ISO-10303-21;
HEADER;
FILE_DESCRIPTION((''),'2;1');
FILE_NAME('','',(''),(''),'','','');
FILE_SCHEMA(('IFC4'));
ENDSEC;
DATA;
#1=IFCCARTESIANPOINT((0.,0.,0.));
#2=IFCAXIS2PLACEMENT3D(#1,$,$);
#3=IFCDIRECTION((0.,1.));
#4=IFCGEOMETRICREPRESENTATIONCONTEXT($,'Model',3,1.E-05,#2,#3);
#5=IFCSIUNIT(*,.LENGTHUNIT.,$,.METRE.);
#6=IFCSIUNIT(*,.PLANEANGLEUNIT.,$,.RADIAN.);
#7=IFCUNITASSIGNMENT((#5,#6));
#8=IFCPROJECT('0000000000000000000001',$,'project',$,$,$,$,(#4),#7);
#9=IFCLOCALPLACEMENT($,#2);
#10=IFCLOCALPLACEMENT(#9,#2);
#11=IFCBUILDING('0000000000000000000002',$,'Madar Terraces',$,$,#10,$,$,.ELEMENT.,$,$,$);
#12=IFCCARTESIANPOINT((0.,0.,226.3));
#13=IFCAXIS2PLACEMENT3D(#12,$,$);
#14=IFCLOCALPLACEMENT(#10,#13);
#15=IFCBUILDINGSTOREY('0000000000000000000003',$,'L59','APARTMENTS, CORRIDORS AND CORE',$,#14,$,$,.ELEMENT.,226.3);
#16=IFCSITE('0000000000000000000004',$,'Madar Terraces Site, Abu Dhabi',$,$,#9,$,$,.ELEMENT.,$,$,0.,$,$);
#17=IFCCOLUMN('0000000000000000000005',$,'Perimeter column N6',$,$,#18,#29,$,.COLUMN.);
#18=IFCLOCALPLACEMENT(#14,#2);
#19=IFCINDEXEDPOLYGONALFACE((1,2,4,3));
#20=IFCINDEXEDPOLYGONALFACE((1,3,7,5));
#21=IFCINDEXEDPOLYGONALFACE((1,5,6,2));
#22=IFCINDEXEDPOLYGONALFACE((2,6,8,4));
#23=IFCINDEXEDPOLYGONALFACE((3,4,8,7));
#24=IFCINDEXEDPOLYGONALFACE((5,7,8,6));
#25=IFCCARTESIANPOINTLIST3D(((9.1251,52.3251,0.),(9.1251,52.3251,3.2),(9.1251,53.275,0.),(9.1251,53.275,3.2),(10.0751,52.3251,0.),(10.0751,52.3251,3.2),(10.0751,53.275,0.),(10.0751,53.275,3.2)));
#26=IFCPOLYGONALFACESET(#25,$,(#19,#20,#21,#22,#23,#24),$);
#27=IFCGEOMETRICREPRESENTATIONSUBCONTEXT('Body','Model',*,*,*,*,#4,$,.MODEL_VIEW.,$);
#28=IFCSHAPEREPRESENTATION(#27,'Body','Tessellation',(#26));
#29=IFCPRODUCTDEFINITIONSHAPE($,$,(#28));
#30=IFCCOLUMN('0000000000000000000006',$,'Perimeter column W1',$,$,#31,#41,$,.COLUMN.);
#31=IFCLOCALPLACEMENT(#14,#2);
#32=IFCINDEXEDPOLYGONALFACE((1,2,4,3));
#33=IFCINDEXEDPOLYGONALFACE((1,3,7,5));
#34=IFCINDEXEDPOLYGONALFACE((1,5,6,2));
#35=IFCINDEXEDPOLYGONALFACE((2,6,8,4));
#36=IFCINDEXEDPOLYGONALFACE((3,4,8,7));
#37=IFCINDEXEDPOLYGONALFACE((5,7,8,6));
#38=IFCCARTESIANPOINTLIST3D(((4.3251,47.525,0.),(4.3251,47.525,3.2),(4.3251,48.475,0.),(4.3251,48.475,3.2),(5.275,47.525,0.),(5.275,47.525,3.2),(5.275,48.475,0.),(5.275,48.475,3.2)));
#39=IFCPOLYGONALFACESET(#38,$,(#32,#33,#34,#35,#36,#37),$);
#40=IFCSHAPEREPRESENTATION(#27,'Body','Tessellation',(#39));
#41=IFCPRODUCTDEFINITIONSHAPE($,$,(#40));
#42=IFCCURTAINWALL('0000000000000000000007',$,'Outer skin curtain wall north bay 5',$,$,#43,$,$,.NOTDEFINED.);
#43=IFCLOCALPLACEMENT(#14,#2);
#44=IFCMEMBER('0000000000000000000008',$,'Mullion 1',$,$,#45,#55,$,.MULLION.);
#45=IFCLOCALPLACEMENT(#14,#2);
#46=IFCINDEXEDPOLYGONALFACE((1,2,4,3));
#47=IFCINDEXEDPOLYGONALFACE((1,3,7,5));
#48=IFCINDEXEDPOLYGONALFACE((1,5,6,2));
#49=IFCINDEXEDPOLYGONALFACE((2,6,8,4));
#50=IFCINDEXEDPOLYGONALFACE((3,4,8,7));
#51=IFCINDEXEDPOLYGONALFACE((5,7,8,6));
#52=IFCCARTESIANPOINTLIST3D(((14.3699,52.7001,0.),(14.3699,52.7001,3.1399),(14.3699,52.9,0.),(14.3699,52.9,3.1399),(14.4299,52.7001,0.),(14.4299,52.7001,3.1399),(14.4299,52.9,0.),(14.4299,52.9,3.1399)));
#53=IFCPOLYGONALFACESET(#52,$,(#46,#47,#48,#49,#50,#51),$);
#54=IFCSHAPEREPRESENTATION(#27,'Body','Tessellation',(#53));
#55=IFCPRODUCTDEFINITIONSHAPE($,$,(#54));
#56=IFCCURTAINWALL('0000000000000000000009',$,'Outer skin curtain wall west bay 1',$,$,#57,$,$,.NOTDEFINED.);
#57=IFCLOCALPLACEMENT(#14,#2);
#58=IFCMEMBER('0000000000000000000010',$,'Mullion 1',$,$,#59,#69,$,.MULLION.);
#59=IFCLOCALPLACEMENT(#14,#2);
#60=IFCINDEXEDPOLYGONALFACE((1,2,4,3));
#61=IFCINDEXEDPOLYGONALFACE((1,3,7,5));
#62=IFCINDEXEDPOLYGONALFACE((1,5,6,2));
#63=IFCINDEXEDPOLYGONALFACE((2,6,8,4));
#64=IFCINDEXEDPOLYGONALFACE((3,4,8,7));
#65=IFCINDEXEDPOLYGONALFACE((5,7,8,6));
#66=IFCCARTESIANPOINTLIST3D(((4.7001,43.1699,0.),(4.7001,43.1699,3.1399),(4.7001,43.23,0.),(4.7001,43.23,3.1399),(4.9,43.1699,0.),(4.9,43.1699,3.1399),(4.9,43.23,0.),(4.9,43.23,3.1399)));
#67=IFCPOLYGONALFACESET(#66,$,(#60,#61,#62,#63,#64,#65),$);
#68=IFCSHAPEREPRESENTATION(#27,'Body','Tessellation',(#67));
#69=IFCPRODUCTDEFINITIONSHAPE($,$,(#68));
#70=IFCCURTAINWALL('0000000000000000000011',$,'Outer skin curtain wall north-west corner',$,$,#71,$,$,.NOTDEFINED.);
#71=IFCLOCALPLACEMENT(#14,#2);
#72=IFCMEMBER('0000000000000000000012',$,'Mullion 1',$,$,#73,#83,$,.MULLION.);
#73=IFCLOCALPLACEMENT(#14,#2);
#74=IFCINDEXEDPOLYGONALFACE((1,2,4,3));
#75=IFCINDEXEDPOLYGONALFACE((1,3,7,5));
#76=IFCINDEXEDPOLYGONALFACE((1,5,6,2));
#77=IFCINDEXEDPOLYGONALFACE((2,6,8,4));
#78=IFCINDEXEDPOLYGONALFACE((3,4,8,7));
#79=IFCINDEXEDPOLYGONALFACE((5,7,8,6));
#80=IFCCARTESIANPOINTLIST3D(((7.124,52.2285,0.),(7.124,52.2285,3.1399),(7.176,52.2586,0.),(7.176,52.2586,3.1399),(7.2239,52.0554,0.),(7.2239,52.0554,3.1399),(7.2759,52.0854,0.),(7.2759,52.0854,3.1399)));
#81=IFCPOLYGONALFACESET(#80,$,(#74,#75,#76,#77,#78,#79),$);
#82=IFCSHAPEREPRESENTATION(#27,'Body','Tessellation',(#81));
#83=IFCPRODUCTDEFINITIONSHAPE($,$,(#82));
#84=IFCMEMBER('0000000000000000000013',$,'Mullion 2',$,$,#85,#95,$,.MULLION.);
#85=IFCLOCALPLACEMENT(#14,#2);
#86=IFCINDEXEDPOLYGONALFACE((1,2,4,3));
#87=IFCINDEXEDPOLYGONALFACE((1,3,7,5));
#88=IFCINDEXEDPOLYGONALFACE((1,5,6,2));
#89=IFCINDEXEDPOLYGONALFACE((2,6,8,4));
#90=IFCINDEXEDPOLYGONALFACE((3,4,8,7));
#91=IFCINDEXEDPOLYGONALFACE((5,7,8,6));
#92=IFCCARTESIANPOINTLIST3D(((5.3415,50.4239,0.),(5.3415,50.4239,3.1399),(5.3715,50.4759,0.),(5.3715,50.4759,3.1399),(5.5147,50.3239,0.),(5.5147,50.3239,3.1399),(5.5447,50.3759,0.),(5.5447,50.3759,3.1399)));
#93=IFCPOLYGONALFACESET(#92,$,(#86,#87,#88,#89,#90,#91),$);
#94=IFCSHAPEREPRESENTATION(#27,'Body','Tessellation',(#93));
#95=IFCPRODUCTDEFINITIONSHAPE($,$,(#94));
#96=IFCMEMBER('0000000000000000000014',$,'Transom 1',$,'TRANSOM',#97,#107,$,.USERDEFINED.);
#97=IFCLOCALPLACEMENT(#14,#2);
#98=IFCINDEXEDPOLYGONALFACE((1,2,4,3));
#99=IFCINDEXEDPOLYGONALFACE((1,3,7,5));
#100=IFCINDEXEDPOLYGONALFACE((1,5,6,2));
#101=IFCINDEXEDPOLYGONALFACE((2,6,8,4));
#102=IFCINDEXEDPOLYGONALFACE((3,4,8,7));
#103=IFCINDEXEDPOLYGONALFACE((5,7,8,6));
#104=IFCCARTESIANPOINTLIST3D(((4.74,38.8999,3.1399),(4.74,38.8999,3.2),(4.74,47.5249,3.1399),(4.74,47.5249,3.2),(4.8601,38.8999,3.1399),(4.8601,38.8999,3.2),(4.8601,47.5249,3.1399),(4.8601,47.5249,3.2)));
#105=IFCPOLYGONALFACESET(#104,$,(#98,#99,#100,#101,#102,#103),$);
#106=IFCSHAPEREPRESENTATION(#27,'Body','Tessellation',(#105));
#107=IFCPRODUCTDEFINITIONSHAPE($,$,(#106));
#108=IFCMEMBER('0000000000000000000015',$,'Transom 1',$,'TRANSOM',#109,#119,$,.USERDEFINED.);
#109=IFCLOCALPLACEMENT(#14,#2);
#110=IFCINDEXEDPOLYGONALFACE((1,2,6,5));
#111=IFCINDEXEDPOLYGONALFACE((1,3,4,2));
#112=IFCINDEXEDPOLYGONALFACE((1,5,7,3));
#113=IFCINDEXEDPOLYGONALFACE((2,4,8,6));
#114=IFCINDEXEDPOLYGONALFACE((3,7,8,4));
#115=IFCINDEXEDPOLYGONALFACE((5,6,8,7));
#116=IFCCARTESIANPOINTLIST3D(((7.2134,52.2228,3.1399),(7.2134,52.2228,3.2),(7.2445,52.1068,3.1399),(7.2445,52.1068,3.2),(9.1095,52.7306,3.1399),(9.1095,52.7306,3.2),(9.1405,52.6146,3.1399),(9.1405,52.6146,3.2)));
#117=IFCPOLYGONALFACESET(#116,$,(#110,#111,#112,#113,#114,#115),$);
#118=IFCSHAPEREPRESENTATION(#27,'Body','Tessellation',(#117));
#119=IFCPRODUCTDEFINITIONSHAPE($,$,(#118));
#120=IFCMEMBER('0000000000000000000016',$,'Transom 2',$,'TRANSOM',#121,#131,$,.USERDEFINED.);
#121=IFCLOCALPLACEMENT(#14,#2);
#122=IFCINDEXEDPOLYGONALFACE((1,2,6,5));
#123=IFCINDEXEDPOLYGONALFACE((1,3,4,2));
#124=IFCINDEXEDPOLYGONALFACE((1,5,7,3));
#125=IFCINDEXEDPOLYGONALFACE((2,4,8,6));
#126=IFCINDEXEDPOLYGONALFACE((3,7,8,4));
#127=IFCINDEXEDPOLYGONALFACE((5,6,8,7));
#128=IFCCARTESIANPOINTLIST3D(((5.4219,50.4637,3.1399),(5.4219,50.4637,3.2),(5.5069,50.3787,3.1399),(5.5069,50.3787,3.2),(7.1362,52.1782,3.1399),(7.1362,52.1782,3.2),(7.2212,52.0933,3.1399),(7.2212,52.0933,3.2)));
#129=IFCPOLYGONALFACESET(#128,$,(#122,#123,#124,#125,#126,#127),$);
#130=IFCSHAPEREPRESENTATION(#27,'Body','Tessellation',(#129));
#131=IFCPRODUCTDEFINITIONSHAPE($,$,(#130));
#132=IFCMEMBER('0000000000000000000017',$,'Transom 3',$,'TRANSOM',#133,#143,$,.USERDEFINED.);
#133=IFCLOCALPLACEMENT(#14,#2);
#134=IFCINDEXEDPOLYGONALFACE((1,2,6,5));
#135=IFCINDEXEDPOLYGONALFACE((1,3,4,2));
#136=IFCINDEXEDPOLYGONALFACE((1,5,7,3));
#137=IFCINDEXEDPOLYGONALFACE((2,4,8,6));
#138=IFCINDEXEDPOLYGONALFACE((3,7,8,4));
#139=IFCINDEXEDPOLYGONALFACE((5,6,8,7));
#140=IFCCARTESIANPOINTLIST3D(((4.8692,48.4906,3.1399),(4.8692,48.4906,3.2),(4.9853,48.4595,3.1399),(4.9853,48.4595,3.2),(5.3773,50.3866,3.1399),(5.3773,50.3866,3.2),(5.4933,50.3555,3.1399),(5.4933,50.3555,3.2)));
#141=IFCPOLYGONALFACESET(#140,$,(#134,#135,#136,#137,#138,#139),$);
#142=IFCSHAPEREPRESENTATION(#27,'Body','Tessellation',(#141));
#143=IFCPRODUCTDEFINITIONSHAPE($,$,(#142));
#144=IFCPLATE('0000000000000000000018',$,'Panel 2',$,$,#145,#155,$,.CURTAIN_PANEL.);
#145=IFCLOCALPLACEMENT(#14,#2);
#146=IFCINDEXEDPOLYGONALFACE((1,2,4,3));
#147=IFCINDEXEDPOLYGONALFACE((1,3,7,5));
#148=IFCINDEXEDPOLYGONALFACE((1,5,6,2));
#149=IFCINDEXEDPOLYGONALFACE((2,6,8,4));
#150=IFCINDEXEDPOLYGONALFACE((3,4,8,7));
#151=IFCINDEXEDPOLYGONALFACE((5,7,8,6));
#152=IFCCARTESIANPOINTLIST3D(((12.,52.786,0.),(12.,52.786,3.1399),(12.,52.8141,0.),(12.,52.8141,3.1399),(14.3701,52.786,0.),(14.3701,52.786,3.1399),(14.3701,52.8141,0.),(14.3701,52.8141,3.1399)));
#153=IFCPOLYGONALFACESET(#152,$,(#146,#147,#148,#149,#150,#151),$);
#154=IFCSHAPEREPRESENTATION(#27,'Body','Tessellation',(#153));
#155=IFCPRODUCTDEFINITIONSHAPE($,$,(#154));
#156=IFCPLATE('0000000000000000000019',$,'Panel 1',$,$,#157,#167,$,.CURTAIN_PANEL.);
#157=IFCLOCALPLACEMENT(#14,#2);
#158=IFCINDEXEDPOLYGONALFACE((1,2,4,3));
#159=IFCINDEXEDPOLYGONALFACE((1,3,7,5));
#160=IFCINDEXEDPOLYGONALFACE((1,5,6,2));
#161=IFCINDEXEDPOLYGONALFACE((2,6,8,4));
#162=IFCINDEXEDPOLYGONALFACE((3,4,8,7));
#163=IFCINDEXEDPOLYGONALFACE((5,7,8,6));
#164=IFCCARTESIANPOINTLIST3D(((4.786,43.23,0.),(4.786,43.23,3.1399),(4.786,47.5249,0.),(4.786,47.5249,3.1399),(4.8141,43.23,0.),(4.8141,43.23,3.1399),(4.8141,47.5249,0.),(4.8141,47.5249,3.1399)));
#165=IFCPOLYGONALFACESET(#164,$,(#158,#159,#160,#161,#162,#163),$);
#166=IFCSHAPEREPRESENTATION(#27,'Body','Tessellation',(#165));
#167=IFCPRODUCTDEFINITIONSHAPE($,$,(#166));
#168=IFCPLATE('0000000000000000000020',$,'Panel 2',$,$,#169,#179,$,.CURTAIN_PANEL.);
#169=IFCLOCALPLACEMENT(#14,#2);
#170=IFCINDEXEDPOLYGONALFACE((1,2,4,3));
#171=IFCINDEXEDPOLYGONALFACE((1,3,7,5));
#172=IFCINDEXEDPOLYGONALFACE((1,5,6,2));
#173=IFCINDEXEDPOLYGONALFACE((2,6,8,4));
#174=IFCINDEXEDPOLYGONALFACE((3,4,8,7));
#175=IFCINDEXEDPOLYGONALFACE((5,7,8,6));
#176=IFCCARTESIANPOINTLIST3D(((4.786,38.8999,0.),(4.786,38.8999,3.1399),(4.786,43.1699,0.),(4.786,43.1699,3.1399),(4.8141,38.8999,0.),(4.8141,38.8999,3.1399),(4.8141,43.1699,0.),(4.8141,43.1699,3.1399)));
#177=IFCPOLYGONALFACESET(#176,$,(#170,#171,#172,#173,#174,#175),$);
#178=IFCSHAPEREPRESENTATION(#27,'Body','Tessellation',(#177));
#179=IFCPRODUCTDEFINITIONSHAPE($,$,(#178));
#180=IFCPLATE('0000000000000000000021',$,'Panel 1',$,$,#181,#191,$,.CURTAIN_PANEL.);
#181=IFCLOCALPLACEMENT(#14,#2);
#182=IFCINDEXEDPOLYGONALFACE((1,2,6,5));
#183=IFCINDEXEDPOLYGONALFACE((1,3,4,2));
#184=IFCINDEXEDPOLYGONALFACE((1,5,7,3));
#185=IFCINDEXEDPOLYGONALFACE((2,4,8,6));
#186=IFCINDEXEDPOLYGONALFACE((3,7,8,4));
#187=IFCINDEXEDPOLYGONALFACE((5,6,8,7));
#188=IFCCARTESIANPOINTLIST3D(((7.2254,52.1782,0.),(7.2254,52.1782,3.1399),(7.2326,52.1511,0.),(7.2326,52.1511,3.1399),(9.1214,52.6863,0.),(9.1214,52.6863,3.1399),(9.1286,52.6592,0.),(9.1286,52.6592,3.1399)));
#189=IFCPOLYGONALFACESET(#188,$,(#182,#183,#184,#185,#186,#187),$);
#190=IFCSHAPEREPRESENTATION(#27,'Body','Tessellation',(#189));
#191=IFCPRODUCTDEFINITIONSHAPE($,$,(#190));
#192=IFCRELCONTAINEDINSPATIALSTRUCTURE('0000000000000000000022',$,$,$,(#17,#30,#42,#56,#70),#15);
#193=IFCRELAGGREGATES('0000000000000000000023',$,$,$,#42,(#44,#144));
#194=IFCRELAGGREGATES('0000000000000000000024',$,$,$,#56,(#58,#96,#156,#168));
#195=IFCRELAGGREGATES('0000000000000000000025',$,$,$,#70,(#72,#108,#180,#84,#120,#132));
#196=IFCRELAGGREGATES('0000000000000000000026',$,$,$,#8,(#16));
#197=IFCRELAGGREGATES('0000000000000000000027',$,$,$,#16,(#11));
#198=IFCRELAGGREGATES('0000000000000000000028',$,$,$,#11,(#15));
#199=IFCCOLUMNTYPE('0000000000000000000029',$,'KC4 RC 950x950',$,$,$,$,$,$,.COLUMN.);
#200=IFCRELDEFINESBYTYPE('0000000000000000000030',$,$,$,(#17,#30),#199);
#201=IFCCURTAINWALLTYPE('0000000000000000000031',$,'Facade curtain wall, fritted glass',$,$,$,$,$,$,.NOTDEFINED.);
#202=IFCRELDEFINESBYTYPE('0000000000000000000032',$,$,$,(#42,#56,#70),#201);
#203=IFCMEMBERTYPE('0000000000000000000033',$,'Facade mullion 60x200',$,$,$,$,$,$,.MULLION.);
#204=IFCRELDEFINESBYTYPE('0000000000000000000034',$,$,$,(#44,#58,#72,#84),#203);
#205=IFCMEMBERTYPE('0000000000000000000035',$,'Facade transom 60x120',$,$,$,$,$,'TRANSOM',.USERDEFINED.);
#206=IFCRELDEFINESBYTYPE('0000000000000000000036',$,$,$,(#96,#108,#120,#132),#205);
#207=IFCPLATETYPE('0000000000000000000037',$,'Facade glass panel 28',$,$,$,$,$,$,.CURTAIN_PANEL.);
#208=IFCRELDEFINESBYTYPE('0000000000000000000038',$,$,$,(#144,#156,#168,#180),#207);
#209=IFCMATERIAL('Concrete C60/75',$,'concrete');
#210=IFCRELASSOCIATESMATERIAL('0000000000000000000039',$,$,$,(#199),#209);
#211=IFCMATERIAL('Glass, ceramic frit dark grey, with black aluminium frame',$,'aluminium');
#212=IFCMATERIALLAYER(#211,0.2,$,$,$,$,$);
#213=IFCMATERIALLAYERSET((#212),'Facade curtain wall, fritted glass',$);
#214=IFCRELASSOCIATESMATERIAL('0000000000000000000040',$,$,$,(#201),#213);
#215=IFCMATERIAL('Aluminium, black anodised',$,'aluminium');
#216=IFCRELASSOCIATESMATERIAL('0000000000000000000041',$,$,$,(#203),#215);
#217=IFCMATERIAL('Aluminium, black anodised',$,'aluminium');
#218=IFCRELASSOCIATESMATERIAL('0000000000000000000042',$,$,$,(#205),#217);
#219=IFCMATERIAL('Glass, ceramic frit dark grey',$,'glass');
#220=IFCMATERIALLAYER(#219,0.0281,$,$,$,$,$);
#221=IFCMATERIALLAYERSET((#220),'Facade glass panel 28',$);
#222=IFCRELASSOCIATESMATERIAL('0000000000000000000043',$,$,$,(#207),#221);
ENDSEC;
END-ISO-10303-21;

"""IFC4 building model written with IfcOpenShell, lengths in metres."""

from ifc_helpers import new_model, si_unit, direction, frame, origin, origin_2d, place, context, subcontext, project, spatial, rectangle, extrude, material, layer, layer_set, material_profile, profile_set, type_object, element, aggregate, save


model = new_model("IFC4")

# Units and contexts
model_context = context("Model", 3, precision=1e-05, world=origin(), true_north=direction((0.0, 1.0)))
body_context = subcontext(model_context, "Body", "Model", "MODEL_VIEW")
ifc_project = project(units=[si_unit("LENGTHUNIT", "METRE"), si_unit("PLANEANGLEUNIT", "RADIAN")], contexts=[model_context])

# Site, building, storey
site_placement = place(None, origin())
site = spatial("IfcSite", under=ifc_project, at=site_placement, Name="Madar Terraces Site, Abu Dhabi", CompositionType="ELEMENT", RefElevation=0.0)
building_placement = place(site_placement, origin())
building = spatial("IfcBuilding", under=site, at=building_placement, Name="Madar Terraces", CompositionType="ELEMENT")
storey_placement = place(building_placement, frame((0.0, 0.0, 226.3)))
storey = spatial("IfcBuildingStorey", under=building, at=storey_placement, Name="L59", Description="APARTMENTS, CORRIDORS AND CORE", CompositionType="ELEMENT", Elevation=226.3)

# Columns
ifc_material_1 = material(Name="Concrete C60/75", Category="concrete")
ifc_material_profile_1 = material_profile(ifc_material_1, rectangle(XDim=0.95, YDim=0.95, at=origin_2d()), Name="KC4 RC 950x950")
ifc_profile_set_1 = profile_set([ifc_material_profile_1], Name="Concrete C60/75")
column_type = type_object("IfcColumnType", Name="KC4 RC 950x950", PredefinedType="COLUMN", material=ifc_profile_set_1)
for number, where, z_axis, x_axis, name in (
    (1, (9.6001, 52.8, 0.0), (0.0, 0.0, 1.0), (1.0, 0.0, 0.0), "Perimeter column N6"),
    (2, (4.8, 48.0, 0.0), (0.0, 0.0, 1.0), (1.0, 0.0, 0.0), "Perimeter column W1"),
):
    element("IfcColumn", number, at=place(storey_placement, frame(where, z_axis=z_axis, x_axis=x_axis)), inside=storey, type_object=column_type, Name=name, PredefinedType="COLUMN", context=body_context, shape_type="SweptSolid", body=[
        extrude(rectangle(XDim=0.95, YDim=0.95, at=origin_2d()), origin(), (0.0, 0.0, 1.0), 3.2),
    ])

# Curtain walls, members
ifc_material_2 = material(Name="Glass, ceramic frit dark grey, with black aluminium frame", Category="aluminium")
ifc_layer_1 = layer(ifc_material_2, 0.2)
ifc_layer_set_1 = layer_set([ifc_layer_1], Name="Facade curtain wall, fritted glass")
curtain_wall_type = type_object("IfcCurtainWallType", Name="Facade curtain wall, fritted glass", PredefinedType="NOTDEFINED", material=ifc_layer_set_1)
curtain_wall_1_placement = place(storey_placement, origin())
curtain_wall_1 = element("IfcCurtainWall", 3, at=curtain_wall_1_placement, inside=storey, type_object=curtain_wall_type, Name="Outer skin curtain wall north bay 5", PredefinedType="NOTDEFINED")
ifc_material_3 = material(Name="Aluminium, black anodised", Category="aluminium")
ifc_material_profile_2 = material_profile(ifc_material_3, rectangle(XDim=0.2, YDim=0.0601, at=origin_2d()), Name="Facade mullion 60x200")
ifc_profile_set_2 = profile_set([ifc_material_profile_2], Name="Aluminium, black anodised")
member_type_1 = type_object("IfcMemberType", Name="Facade mullion 60x200", PredefinedType="MULLION", material=ifc_profile_set_2)
member_1_placement = place(storey_placement, frame((14.3999, 52.8, 0.0), z_axis=(0.0, 0.0, 1.0), x_axis=(0.0, -1.0, 0.0)))
member_1 = element("IfcMember", 4, at=member_1_placement, type_object=member_type_1, Name="Mullion 1", PredefinedType="MULLION", context=body_context, shape_type="SweptSolid", body=[
    extrude(rectangle(XDim=0.2, YDim=0.0601, at=origin_2d()), origin(), (0.0, 0.0, 1.0), 3.1399),
])
curtain_wall_2_placement = place(storey_placement, origin())
curtain_wall_2 = element("IfcCurtainWall", 5, at=curtain_wall_2_placement, inside=storey, type_object=curtain_wall_type, Name="Outer skin curtain wall west bay 1", PredefinedType="NOTDEFINED")
member_2_placement = place(storey_placement, frame((4.8, 43.2, 0.0), z_axis=(0.0, 0.0, 1.0), x_axis=(1.0, 0.0, 0.0)))
member_2 = element("IfcMember", 6, at=member_2_placement, type_object=member_type_1, Name="Mullion 1", PredefinedType="MULLION", context=body_context, shape_type="SweptSolid", body=[
    extrude(rectangle(XDim=0.2, YDim=0.0601, at=origin_2d()), origin(), (0.0, 0.0, 1.0), 3.1399),
])

# Curtain wall, members
curtain_wall_3_placement = place(storey_placement, origin())
curtain_wall_3 = element("IfcCurtainWall", 7, at=curtain_wall_3_placement, inside=storey, type_object=curtain_wall_type, Name="Outer skin curtain wall north-west corner", PredefinedType="NOTDEFINED")
member_3_placement = place(storey_placement, frame((7.2, 52.157, 0.0), z_axis=(0.0, 0.0, 1.0), x_axis=(0.5, -0.866025, 0.0)))
member_3 = element("IfcMember", 8, at=member_3_placement, type_object=member_type_1, Name="Mullion 1", PredefinedType="MULLION", context=body_context, shape_type="SweptSolid", body=[
    extrude(rectangle(XDim=0.2, YDim=0.0601, at=origin_2d()), origin(), (0.0, 0.0, 1.0), 3.1399),
])
member_4_placement = place(storey_placement, frame((5.4431, 50.3999, 0.0), z_axis=(0.0, 0.0, 1.0), x_axis=(0.866025, -0.5, 0.0)))
member_4 = element("IfcMember", 9, at=member_4_placement, type_object=member_type_1, Name="Mullion 2", PredefinedType="MULLION", context=body_context, shape_type="SweptSolid", body=[
    extrude(rectangle(XDim=0.2, YDim=0.0601, at=origin_2d()), origin(), (0.0, 0.0, 1.0), 3.1399),
])

# Members
ifc_material_4 = material(Name="Aluminium, black anodised", Category="aluminium")
ifc_material_profile_3 = material_profile(ifc_material_4, rectangle(XDim=0.1201, YDim=0.0601, at=origin_2d()), Name="Facade transom 60x120")
ifc_profile_set_3 = profile_set([ifc_material_profile_3], Name="Aluminium, black anodised")
member_type_2 = type_object("IfcMemberType", Name="Facade transom 60x120", ElementType="TRANSOM", PredefinedType="USERDEFINED", material=ifc_profile_set_3)
member_5_placement = place(storey_placement, frame((4.8, 47.5249, 3.1699), z_axis=(0.0, -1.0, 0.0), x_axis=(1.0, 0.0, 0.0)))
member_5 = element("IfcMember", 10, at=member_5_placement, type_object=member_type_2, Name="Transom 1", ObjectType="TRANSOM", PredefinedType="USERDEFINED", context=body_context, shape_type="SweptSolid", body=[
    extrude(rectangle(XDim=0.1201, YDim=0.0601, at=origin_2d()), origin(), (0.0, 0.0, 1.0), 8.625),
])
member_6_placement = place(storey_placement, frame((9.125, 52.6726, 3.1699), z_axis=(-0.965954, -0.258715, 0.0), x_axis=(0.258715, -0.965954, 0.0)))
member_6 = element("IfcMember", 11, at=member_6_placement, type_object=member_type_2, Name="Transom 1", ObjectType="TRANSOM", PredefinedType="USERDEFINED", context=body_context, shape_type="SweptSolid", body=[
    extrude(rectangle(XDim=0.1201, YDim=0.0601, at=origin_2d()), origin(), (0.0, 0.0, 1.0), 1.9629),
])
member_7_placement = place(storey_placement, frame((7.1787, 52.1357, 3.1699), z_axis=(-0.707056, -0.707157, 0.0), x_axis=(0.707157, -0.707056, 0.0)))
member_7 = element("IfcMember", 12, at=member_7_placement, type_object=member_type_2, Name="Transom 2", ObjectType="TRANSOM", PredefinedType="USERDEFINED", context=body_context, shape_type="SweptSolid", body=[
    extrude(rectangle(XDim=0.1201, YDim=0.0601, at=origin_2d()), origin(), (0.0, 0.0, 1.0), 2.4246),
])
member_8_placement = place(storey_placement, frame((5.4353, 50.3711, 3.1699), z_axis=(-0.258831, -0.965923, 0.0), x_axis=(0.965923, -0.258831, 0.0)))
member_8 = element("IfcMember", 13, at=member_8_placement, type_object=member_type_2, Name="Transom 3", ObjectType="TRANSOM", PredefinedType="USERDEFINED", context=body_context, shape_type="SweptSolid", body=[
    extrude(rectangle(XDim=0.1201, YDim=0.0601, at=origin_2d()), origin(), (0.0, 0.0, 1.0), 1.9629),
])

# Plates
ifc_material_5 = material(Name="Glass, ceramic frit dark grey", Category="glass")
ifc_layer_2 = layer(ifc_material_5, 0.0281)
ifc_layer_set_2 = layer_set([ifc_layer_2], Name="Facade glass panel 28")
plate_type = type_object("IfcPlateType", Name="Facade glass panel 28", PredefinedType="CURTAIN_PANEL", material=ifc_layer_set_2)
plate_1_placement = place(storey_placement, frame((13.1851, 52.8, 0.0), z_axis=(0.0, 0.0, 1.0), x_axis=(-1.0, 0.0, 0.0)))
plate_1 = element("IfcPlate", 14, at=plate_1_placement, type_object=plate_type, Name="Panel 2", PredefinedType="CURTAIN_PANEL", context=body_context, shape_type="SweptSolid", body=[
    extrude(rectangle(XDim=2.3701, YDim=0.0281, at=origin_2d()), origin(), (0.0, 0.0, 1.0), 3.1399),
])
aggregate(curtain_wall_1, [member_1, plate_1])
plate_2_placement = place(storey_placement, frame((4.8, 45.3774, 0.0), z_axis=(0.0, 0.0, 1.0), x_axis=(0.0, -1.0, 0.0)))
plate_2 = element("IfcPlate", 15, at=plate_2_placement, type_object=plate_type, Name="Panel 1", PredefinedType="CURTAIN_PANEL", context=body_context, shape_type="SweptSolid", body=[
    extrude(rectangle(XDim=4.2949, YDim=0.0281, at=origin_2d()), origin(), (0.0, 0.0, 1.0), 3.1399),
])
plate_3_placement = place(storey_placement, frame((4.8, 41.0349, 0.0), z_axis=(0.0, 0.0, 1.0), x_axis=(0.0, -1.0, 0.0)))
plate_3 = element("IfcPlate", 16, at=plate_3_placement, type_object=plate_type, Name="Panel 2", PredefinedType="CURTAIN_PANEL", context=body_context, shape_type="SweptSolid", body=[
    extrude(rectangle(XDim=4.27, YDim=0.0281, at=origin_2d()), origin(), (0.0, 0.0, 1.0), 3.1399),
])
aggregate(curtain_wall_2, [member_2, member_5, plate_2, plate_3])
plate_4_placement = place(storey_placement, frame((8.177, 52.4187, 0.0), z_axis=(0.0, 0.0, 1.0), x_axis=(-0.965926, -0.258819, 0.0)))
plate_4 = element("IfcPlate", 17, at=plate_4_placement, type_object=plate_type, Name="Panel 1", PredefinedType="CURTAIN_PANEL", context=body_context, shape_type="SweptSolid", body=[
    extrude(rectangle(XDim=1.9629, YDim=0.0281, at=origin_2d()), origin(), (0.0, 0.0, 1.0), 3.1399),
])
aggregate(curtain_wall_3, [member_3, member_6, plate_4, member_4, member_7, member_8])

save(model, "model.ifc")
